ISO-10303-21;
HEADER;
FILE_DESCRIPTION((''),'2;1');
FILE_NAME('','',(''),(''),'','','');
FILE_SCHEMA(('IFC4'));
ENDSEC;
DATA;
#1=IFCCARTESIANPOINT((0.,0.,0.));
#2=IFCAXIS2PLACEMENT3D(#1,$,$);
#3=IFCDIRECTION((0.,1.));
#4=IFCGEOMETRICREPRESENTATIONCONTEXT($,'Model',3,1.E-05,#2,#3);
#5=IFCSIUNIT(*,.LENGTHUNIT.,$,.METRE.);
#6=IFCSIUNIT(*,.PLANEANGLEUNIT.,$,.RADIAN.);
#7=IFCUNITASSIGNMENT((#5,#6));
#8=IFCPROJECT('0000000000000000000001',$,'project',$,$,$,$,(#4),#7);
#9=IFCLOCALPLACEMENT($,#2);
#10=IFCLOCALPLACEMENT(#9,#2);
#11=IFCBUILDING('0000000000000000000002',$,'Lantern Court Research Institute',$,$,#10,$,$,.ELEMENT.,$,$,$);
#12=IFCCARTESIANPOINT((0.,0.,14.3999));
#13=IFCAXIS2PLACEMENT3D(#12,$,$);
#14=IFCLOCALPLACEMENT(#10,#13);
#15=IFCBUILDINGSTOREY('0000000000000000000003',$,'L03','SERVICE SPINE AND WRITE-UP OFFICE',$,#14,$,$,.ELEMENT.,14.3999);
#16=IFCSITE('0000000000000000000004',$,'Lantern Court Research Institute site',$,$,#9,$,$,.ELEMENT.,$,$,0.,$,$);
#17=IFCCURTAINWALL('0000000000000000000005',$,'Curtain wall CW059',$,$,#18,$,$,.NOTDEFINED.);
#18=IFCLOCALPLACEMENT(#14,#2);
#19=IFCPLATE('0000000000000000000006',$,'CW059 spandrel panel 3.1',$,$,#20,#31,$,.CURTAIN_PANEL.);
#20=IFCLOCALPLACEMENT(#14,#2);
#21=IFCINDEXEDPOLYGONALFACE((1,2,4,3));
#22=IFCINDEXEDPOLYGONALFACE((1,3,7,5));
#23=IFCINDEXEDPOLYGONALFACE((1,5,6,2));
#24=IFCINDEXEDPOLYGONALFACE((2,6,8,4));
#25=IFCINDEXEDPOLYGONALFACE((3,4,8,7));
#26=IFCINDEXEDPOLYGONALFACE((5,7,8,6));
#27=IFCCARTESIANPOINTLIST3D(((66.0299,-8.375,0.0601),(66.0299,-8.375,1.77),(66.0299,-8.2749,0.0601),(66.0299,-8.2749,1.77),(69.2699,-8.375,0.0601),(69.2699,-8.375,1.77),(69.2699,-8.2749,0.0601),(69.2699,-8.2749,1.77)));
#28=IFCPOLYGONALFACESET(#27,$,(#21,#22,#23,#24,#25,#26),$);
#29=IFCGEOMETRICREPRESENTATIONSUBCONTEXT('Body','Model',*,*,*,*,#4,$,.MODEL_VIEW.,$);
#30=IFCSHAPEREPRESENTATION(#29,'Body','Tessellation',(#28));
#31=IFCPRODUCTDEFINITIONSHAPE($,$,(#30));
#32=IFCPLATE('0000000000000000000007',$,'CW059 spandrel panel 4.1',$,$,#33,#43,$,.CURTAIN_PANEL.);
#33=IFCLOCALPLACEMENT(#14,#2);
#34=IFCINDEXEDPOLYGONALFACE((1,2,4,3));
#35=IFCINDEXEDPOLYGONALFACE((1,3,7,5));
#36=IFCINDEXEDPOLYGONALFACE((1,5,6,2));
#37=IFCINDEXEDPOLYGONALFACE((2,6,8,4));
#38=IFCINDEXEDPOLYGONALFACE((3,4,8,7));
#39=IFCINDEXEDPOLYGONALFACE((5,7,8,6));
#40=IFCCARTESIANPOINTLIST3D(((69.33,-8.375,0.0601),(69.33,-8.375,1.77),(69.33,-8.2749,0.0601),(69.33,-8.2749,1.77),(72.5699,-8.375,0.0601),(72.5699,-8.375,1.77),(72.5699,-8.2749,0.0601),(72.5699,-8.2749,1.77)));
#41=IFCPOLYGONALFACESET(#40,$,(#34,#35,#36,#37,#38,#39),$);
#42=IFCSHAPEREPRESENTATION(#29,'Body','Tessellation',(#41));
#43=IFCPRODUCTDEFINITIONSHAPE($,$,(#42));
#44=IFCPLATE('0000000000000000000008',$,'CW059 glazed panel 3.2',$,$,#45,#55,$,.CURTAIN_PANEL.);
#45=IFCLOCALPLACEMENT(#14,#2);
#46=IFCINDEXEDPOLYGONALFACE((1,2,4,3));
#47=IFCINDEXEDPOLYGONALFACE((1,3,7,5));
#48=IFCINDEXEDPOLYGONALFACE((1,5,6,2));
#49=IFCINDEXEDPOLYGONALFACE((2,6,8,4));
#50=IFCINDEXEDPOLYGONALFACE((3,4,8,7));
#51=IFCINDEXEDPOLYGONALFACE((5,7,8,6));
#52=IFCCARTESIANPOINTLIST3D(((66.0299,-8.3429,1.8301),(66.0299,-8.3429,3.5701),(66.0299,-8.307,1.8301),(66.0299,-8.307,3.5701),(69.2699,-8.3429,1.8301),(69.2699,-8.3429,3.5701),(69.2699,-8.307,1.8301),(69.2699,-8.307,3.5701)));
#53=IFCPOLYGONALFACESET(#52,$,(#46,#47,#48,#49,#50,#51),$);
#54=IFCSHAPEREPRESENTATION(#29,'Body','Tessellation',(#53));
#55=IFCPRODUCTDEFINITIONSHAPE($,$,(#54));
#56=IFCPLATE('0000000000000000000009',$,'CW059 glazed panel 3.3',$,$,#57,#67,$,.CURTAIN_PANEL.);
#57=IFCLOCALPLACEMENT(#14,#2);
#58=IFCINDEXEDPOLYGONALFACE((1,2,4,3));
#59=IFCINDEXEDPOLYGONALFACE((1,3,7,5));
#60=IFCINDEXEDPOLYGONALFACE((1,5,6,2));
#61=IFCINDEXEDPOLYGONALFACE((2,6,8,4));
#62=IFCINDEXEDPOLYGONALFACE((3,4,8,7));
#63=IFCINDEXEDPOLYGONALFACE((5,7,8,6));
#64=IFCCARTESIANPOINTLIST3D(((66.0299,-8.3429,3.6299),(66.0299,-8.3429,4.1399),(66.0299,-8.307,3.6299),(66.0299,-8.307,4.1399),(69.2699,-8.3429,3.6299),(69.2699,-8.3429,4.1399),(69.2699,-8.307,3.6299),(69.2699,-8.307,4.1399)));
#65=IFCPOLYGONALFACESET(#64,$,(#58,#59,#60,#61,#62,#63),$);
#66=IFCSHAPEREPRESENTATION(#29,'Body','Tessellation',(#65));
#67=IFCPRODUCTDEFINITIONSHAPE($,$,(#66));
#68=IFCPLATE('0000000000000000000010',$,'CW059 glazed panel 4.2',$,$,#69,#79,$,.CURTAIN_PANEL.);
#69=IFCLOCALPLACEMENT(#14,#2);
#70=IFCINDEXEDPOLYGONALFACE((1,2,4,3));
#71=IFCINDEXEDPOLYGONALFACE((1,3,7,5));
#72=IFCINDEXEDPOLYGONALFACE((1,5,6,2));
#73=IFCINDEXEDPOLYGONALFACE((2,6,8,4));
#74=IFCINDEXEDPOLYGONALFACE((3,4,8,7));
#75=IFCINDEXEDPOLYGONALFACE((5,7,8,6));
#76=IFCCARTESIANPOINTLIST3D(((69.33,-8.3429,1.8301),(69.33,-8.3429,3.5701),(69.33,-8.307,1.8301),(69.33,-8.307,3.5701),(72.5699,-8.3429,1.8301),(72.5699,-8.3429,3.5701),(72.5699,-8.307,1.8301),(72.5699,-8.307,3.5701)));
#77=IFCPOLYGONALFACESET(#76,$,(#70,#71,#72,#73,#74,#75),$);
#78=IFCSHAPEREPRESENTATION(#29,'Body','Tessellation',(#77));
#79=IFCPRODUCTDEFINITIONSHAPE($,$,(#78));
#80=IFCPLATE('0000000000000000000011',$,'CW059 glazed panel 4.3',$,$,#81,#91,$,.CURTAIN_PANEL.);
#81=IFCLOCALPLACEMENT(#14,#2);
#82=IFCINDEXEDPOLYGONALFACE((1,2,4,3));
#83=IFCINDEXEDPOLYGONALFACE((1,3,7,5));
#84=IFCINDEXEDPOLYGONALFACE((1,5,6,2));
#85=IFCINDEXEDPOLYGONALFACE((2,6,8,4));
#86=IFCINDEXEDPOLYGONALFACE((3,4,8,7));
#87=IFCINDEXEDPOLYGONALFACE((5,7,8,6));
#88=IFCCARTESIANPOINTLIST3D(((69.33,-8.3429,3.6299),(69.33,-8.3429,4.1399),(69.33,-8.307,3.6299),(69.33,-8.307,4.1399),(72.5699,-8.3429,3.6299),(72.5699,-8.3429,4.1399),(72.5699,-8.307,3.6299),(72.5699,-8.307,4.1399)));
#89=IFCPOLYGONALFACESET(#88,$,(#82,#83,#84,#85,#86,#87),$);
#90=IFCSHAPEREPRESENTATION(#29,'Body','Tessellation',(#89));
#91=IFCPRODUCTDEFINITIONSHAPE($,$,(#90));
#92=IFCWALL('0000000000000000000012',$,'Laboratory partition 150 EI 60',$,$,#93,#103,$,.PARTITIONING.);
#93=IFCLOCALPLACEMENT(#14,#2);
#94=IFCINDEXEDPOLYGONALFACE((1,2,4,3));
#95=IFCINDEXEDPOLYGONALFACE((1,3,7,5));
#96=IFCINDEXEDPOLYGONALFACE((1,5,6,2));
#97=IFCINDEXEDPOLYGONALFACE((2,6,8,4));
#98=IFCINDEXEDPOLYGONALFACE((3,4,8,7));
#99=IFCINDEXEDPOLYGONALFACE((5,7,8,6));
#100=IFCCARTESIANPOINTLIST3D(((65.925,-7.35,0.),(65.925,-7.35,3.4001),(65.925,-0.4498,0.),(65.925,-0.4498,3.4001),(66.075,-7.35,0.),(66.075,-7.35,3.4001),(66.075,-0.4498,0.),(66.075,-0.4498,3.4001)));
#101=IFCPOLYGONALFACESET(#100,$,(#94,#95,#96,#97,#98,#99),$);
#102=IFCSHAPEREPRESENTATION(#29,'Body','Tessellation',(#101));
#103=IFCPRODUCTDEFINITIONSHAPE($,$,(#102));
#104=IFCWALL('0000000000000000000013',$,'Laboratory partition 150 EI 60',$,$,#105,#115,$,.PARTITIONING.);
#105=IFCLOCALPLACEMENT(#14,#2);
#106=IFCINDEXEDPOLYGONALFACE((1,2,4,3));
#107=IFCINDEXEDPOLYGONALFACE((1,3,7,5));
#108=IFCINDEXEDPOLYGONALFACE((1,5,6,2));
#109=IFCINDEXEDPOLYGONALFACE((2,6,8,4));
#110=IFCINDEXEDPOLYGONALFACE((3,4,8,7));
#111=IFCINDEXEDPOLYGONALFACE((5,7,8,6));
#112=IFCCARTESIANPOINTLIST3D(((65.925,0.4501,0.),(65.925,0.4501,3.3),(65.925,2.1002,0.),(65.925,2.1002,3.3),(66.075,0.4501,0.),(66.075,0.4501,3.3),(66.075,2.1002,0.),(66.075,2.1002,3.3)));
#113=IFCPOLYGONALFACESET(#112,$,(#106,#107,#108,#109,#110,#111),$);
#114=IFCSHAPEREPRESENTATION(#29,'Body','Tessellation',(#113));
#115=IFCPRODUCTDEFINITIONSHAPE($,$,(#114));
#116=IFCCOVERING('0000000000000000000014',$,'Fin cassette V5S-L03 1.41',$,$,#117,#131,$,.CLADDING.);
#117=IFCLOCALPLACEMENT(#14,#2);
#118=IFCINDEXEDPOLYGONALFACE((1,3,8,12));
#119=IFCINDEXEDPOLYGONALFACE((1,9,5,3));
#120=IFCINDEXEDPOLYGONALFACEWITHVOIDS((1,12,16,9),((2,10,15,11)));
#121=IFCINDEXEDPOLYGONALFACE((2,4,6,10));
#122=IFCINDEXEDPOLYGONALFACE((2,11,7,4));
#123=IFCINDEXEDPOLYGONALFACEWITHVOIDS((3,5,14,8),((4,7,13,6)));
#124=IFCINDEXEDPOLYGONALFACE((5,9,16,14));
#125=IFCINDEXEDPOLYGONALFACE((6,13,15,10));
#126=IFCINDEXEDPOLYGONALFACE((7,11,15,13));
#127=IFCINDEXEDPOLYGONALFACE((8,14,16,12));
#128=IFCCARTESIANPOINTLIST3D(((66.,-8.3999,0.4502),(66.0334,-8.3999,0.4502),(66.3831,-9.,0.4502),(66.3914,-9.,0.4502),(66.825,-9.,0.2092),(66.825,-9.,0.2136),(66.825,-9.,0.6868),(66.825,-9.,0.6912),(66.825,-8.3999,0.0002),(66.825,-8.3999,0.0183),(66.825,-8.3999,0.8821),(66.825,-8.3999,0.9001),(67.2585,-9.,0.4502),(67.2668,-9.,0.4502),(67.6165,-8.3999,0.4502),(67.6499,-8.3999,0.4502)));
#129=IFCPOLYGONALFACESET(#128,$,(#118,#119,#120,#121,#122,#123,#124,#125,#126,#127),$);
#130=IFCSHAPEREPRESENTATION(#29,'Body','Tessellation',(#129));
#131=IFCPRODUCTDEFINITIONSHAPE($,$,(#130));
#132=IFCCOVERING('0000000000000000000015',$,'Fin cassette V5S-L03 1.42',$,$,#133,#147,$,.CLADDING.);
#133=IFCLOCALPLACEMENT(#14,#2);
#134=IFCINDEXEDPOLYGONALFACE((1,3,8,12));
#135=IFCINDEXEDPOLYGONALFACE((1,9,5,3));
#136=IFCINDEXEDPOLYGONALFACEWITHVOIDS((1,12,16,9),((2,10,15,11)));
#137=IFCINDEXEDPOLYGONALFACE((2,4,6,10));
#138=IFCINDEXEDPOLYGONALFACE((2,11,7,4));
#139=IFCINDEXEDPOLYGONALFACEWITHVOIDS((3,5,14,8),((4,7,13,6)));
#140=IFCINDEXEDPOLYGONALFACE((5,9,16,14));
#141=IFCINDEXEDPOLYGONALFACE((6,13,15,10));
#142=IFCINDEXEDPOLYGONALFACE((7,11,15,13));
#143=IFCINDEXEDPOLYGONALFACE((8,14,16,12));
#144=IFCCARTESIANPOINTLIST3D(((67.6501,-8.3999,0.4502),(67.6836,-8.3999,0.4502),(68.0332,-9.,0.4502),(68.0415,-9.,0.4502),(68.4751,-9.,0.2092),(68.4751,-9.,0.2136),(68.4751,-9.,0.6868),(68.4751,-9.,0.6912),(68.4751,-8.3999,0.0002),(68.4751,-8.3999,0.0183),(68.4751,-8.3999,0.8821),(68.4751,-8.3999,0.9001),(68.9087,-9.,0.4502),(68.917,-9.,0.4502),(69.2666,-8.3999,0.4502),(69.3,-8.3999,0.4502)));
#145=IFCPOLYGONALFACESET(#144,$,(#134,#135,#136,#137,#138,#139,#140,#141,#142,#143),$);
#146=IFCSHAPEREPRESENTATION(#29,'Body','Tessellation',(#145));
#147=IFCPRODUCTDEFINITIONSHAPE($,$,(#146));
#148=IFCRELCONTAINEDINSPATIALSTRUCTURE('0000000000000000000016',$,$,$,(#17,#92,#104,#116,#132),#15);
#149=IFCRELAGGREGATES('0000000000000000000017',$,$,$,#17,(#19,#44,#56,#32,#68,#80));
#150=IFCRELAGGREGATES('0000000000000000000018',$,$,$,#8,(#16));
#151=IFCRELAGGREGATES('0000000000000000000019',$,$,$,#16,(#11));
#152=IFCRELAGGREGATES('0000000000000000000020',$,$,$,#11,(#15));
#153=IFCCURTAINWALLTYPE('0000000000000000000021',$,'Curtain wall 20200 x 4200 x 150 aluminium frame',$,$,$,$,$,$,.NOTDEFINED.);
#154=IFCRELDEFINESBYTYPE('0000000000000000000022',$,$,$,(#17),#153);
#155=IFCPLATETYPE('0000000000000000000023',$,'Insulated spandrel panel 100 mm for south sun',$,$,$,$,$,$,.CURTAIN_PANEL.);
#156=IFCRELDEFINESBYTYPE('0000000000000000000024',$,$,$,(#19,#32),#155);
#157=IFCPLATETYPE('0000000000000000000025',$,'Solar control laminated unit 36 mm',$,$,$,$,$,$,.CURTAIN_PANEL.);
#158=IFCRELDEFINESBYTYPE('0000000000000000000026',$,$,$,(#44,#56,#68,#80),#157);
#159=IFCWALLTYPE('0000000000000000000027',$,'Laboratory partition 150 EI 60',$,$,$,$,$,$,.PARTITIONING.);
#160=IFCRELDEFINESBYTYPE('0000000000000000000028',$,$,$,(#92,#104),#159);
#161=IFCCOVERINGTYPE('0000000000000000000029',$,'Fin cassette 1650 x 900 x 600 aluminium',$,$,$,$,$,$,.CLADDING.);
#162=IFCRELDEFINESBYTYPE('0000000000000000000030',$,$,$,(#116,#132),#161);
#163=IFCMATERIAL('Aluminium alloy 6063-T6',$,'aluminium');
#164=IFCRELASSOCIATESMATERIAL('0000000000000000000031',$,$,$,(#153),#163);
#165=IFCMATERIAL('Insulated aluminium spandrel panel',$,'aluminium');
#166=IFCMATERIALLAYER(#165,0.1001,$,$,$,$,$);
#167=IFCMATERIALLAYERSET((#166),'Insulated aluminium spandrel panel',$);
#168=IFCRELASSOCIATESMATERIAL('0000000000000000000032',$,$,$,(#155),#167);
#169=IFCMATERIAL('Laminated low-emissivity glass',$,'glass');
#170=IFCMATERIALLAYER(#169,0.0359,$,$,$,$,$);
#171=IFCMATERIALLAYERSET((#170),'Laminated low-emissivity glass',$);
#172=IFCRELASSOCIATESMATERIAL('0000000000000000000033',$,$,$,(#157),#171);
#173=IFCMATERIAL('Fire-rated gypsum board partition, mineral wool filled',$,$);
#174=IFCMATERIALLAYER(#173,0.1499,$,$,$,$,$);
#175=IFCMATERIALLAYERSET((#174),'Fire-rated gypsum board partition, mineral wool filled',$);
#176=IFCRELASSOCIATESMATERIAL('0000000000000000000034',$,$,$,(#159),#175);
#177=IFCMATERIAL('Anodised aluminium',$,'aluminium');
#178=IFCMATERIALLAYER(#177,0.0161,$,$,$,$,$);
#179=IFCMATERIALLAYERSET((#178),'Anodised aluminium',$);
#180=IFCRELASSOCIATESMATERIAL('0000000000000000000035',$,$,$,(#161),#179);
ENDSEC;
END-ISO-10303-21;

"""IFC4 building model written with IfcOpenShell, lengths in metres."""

from ifc_helpers import new_model, entity, si_unit, direction, frame, frame_2d, origin, origin_2d, place, context, subcontext, project, spatial, rectangle, extrude, material, layer, layer_set, type_object, element, aggregate, save


model = new_model("IFC4")

# Units and contexts
model_context = context("Model", 3, precision=1e-05, world=origin(), true_north=direction((0.0, 1.0)))
body_context = subcontext(model_context, "Body", "Model", "MODEL_VIEW")
ifc_project = project(units=[si_unit("LENGTHUNIT", "METRE"), si_unit("PLANEANGLEUNIT", "RADIAN")], contexts=[model_context])

# Site, building, storey
site_placement = place(None, origin())
site = spatial("IfcSite", under=ifc_project, at=site_placement, Name="Lantern Court Research Institute site", CompositionType="ELEMENT", RefElevation=0.0)
building_placement = place(site_placement, origin())
building = spatial("IfcBuilding", under=site, at=building_placement, Name="Lantern Court Research Institute", CompositionType="ELEMENT")
storey_placement = place(building_placement, frame((0.0, 0.0, 14.3999)))
storey = spatial("IfcBuildingStorey", under=building, at=storey_placement, Name="L03", Description="SERVICE SPINE AND WRITE-UP OFFICE", CompositionType="ELEMENT", Elevation=14.3999)

# Curtain wall
ifc_material_1 = material(Name="Aluminium alloy 6063-T6", Category="aluminium")
curtain_wall_type = type_object("IfcCurtainWallType", Name="Curtain wall 20200 x 4200 x 150 aluminium frame", PredefinedType="NOTDEFINED", material=ifc_material_1)
curtain_wall_placement = place(storey_placement, origin())
curtain_wall = element("IfcCurtainWall", 1, at=curtain_wall_placement, inside=storey, type_object=curtain_wall_type, Name="Curtain wall CW059", PredefinedType="NOTDEFINED")

# Plates
ifc_material_2 = material(Name="Insulated aluminium spandrel panel", Category="aluminium")
ifc_layer_1 = layer(ifc_material_2, 0.1001)
ifc_layer_set_1 = layer_set([ifc_layer_1], Name="Insulated aluminium spandrel panel")
plate_type_1 = type_object("IfcPlateType", Name="Insulated spandrel panel 100 mm for south sun", PredefinedType="CURTAIN_PANEL", material=ifc_layer_set_1)
plate_1_placement = place(storey_placement, frame((67.6499, -8.325, 0.0601), z_axis=(0.0, 0.0, 1.0), x_axis=(-1.0, 0.0, 0.0)))
plate_1 = element("IfcPlate", 2, at=plate_1_placement, type_object=plate_type_1, Name="CW059 spandrel panel 3.1", PredefinedType="CURTAIN_PANEL", context=body_context, shape_type="SweptSolid", body=[
    extrude(rectangle(XDim=3.24, YDim=0.1001, at=origin_2d()), origin(), (0.0, 0.0, 1.0), 1.71),
])
plate_2_placement = place(storey_placement, frame((70.95, -8.325, 0.0601), z_axis=(0.0, 0.0, 1.0), x_axis=(-1.0, 0.0, 0.0)))
plate_2 = element("IfcPlate", 3, at=plate_2_placement, type_object=plate_type_1, Name="CW059 spandrel panel 4.1", PredefinedType="CURTAIN_PANEL", context=body_context, shape_type="SweptSolid", body=[
    extrude(rectangle(XDim=3.24, YDim=0.1001, at=origin_2d()), origin(), (0.0, 0.0, 1.0), 1.71),
])
ifc_material_3 = material(Name="Laminated low-emissivity glass", Category="glass")
ifc_layer_2 = layer(ifc_material_3, 0.0359)
ifc_layer_set_2 = layer_set([ifc_layer_2], Name="Laminated low-emissivity glass")
plate_type_2 = type_object("IfcPlateType", Name="Solar control laminated unit 36 mm", PredefinedType="CURTAIN_PANEL", material=ifc_layer_set_2)
plate_3_placement = place(storey_placement, frame((67.6499, -8.325, 1.8301), z_axis=(0.0, 0.0, 1.0), x_axis=(-1.0, 0.0, 0.0)))
plate_3 = element("IfcPlate", 4, at=plate_3_placement, type_object=plate_type_2, Name="CW059 glazed panel 3.2", PredefinedType="CURTAIN_PANEL", context=body_context, shape_type="SweptSolid", body=[
    extrude(rectangle(XDim=3.24, YDim=0.0359, at=origin_2d()), origin(), (0.0, 0.0, 1.0), 1.74),
])
plate_4_placement = place(storey_placement, frame((67.6499, -8.325, 3.6299), z_axis=(0.0, 0.0, 1.0), x_axis=(-1.0, 0.0, 0.0)))
plate_4 = element("IfcPlate", 5, at=plate_4_placement, type_object=plate_type_2, Name="CW059 glazed panel 3.3", PredefinedType="CURTAIN_PANEL", context=body_context, shape_type="SweptSolid", body=[
    extrude(rectangle(XDim=3.24, YDim=0.0359, at=origin_2d()), origin(), (0.0, 0.0, 1.0), 0.51),
])
plate_5_placement = place(storey_placement, frame((70.95, -8.325, 1.8301), z_axis=(0.0, 0.0, 1.0), x_axis=(-1.0, 0.0, 0.0)))
plate_5 = element("IfcPlate", 6, at=plate_5_placement, type_object=plate_type_2, Name="CW059 glazed panel 4.2", PredefinedType="CURTAIN_PANEL", context=body_context, shape_type="SweptSolid", body=[
    extrude(rectangle(XDim=3.24, YDim=0.0359, at=origin_2d()), origin(), (0.0, 0.0, 1.0), 1.74),
])
plate_6_placement = place(storey_placement, frame((70.95, -8.325, 3.6299), z_axis=(0.0, 0.0, 1.0), x_axis=(-1.0, 0.0, 0.0)))
plate_6 = element("IfcPlate", 7, at=plate_6_placement, type_object=plate_type_2, Name="CW059 glazed panel 4.3", PredefinedType="CURTAIN_PANEL", context=body_context, shape_type="SweptSolid", body=[
    extrude(rectangle(XDim=3.24, YDim=0.0359, at=origin_2d()), origin(), (0.0, 0.0, 1.0), 0.51),
])
aggregate(curtain_wall, [plate_1, plate_3, plate_4, plate_2, plate_5, plate_6])

# Walls
ifc_material_4 = material(Name="Fire-rated gypsum board partition, mineral wool filled")
ifc_layer_3 = layer(ifc_material_4, 0.1499)
ifc_layer_set_3 = layer_set([ifc_layer_3], Name="Fire-rated gypsum board partition, mineral wool filled")
wall_type = type_object("IfcWallType", Name="Laboratory partition 150 EI 60", PredefinedType="PARTITIONING", material=ifc_layer_set_3)
wall_1_placement = place(storey_placement, frame((66.0, -7.3501, 0.0), z_axis=(0.0, 0.0, 1.0), x_axis=(0.0, 1.0, 0.0)))
element("IfcWall", 8, at=wall_1_placement, inside=storey, type_object=wall_type, Name="Laboratory partition 150 EI 60", PredefinedType="PARTITIONING", context=body_context, shape_type="SweptSolid", body=[
    extrude(rectangle(XDim=6.9001, YDim=0.1499, at=frame_2d((3.4502, 0.0))), origin(), (0.0, 0.0, 1.0), 3.4001),
])
wall_2_placement = place(storey_placement, frame((66.0, 0.45, 0.0), z_axis=(0.0, 0.0, 1.0), x_axis=(0.0, 1.0, 0.0)))
element("IfcWall", 9, at=wall_2_placement, inside=storey, type_object=wall_type, Name="Laboratory partition 150 EI 60", PredefinedType="PARTITIONING", context=body_context, shape_type="SweptSolid", body=[
    extrude(rectangle(XDim=1.6501, YDim=0.1499, at=frame_2d((0.8252, 0.0))), origin(), (0.0, 0.0, 1.0), 3.3),
])

# Coverings
ifc_material_5 = material(Name="Anodised aluminium", Category="aluminium")
ifc_layer_4 = layer(ifc_material_5, 0.0161)
ifc_layer_set_4 = layer_set([ifc_layer_4], Name="Anodised aluminium")
covering_type = type_object("IfcCoveringType", Name="Fin cassette 1650 x 900 x 600 aluminium", PredefinedType="CLADDING", material=ifc_layer_set_4)
covering_1_placement = place(storey_placement, frame((66.825, -8.3999, 0.4502), z_axis=(0.0, -1.0, 0.0), x_axis=(1.0, 0.0, 0.0)))
cartesian_point_1 = entity("IfcCartesianPoint", [0.825, 0.0])
cartesian_point_2 = entity("IfcCartesianPoint", [0.7915, 0.0])
cartesian_point_3 = entity("IfcCartesianPoint", [0.4419, 0.0])
cartesian_point_4 = entity("IfcCartesianPoint", [0.4336, 0.0])
element("IfcCovering", 10, at=covering_1_placement, inside=storey, type_object=covering_type, Name="Fin cassette V5S-L03 1.41", PredefinedType="CLADDING", context=body_context, shape_type="SweptSolid", body=[
    entity("IfcExtrudedAreaSolidTapered", entity("IfcArbitraryProfileDefWithVoids", "AREA", None, entity("IfcPolyline", [cartesian_point_1, entity("IfcCartesianPoint", [0.0, 0.45]), entity("IfcCartesianPoint", [-0.825, 0.0]), entity("IfcCartesianPoint", [0.0, -0.45]), cartesian_point_1]), [entity("IfcPolyline", [cartesian_point_2, entity("IfcCartesianPoint", [0.0, 0.4319]), entity("IfcCartesianPoint", [-0.7915, 0.0]), entity("IfcCartesianPoint", [0.0, -0.4319]), cartesian_point_2])]), entity("IfcAxis2Placement3D", entity("IfcCartesianPoint", [0.0, 0.0, 0.0])), entity("IfcDirection", [0.0, 0.0, 1.0]), 0.6001, entity("IfcArbitraryProfileDefWithVoids", "AREA", None, entity("IfcPolyline", [cartesian_point_3, entity("IfcCartesianPoint", [0.0, 0.241]), entity("IfcCartesianPoint", [-0.4419, 0.0]), entity("IfcCartesianPoint", [0.0, -0.241]), cartesian_point_3]), [entity("IfcPolyline", [cartesian_point_4, entity("IfcCartesianPoint", [0.0, 0.2366]), entity("IfcCartesianPoint", [-0.4336, 0.0]), entity("IfcCartesianPoint", [0.0, -0.2366]), cartesian_point_4])])),
])
covering_2_placement = place(storey_placement, frame((68.4751, -8.3999, 0.4502), z_axis=(0.0, -1.0, 0.0), x_axis=(1.0, 0.0, 0.0)))
cartesian_point_5 = entity("IfcCartesianPoint", [0.825, 0.0])
cartesian_point_6 = entity("IfcCartesianPoint", [0.7915, 0.0])
cartesian_point_7 = entity("IfcCartesianPoint", [0.4419, 0.0])
cartesian_point_8 = entity("IfcCartesianPoint", [0.4336, 0.0])
element("IfcCovering", 11, at=covering_2_placement, inside=storey, type_object=covering_type, Name="Fin cassette V5S-L03 1.42", PredefinedType="CLADDING", context=body_context, shape_type="SweptSolid", body=[
    entity("IfcExtrudedAreaSolidTapered", entity("IfcArbitraryProfileDefWithVoids", "AREA", None, entity("IfcPolyline", [cartesian_point_5, entity("IfcCartesianPoint", [0.0, 0.45]), entity("IfcCartesianPoint", [-0.825, 0.0]), entity("IfcCartesianPoint", [0.0, -0.45]), cartesian_point_5]), [entity("IfcPolyline", [cartesian_point_6, entity("IfcCartesianPoint", [0.0, 0.4319]), entity("IfcCartesianPoint", [-0.7915, 0.0]), entity("IfcCartesianPoint", [0.0, -0.4319]), cartesian_point_6])]), entity("IfcAxis2Placement3D", entity("IfcCartesianPoint", [0.0, 0.0, 0.0])), entity("IfcDirection", [0.0, 0.0, 1.0]), 0.6001, entity("IfcArbitraryProfileDefWithVoids", "AREA", None, entity("IfcPolyline", [cartesian_point_7, entity("IfcCartesianPoint", [0.0, 0.241]), entity("IfcCartesianPoint", [-0.4419, 0.0]), entity("IfcCartesianPoint", [0.0, -0.241]), cartesian_point_7]), [entity("IfcPolyline", [cartesian_point_8, entity("IfcCartesianPoint", [0.0, 0.2366]), entity("IfcCartesianPoint", [-0.4336, 0.0]), entity("IfcCartesianPoint", [0.0, -0.2366]), cartesian_point_8])])),
])

save(model, "model.ifc")
